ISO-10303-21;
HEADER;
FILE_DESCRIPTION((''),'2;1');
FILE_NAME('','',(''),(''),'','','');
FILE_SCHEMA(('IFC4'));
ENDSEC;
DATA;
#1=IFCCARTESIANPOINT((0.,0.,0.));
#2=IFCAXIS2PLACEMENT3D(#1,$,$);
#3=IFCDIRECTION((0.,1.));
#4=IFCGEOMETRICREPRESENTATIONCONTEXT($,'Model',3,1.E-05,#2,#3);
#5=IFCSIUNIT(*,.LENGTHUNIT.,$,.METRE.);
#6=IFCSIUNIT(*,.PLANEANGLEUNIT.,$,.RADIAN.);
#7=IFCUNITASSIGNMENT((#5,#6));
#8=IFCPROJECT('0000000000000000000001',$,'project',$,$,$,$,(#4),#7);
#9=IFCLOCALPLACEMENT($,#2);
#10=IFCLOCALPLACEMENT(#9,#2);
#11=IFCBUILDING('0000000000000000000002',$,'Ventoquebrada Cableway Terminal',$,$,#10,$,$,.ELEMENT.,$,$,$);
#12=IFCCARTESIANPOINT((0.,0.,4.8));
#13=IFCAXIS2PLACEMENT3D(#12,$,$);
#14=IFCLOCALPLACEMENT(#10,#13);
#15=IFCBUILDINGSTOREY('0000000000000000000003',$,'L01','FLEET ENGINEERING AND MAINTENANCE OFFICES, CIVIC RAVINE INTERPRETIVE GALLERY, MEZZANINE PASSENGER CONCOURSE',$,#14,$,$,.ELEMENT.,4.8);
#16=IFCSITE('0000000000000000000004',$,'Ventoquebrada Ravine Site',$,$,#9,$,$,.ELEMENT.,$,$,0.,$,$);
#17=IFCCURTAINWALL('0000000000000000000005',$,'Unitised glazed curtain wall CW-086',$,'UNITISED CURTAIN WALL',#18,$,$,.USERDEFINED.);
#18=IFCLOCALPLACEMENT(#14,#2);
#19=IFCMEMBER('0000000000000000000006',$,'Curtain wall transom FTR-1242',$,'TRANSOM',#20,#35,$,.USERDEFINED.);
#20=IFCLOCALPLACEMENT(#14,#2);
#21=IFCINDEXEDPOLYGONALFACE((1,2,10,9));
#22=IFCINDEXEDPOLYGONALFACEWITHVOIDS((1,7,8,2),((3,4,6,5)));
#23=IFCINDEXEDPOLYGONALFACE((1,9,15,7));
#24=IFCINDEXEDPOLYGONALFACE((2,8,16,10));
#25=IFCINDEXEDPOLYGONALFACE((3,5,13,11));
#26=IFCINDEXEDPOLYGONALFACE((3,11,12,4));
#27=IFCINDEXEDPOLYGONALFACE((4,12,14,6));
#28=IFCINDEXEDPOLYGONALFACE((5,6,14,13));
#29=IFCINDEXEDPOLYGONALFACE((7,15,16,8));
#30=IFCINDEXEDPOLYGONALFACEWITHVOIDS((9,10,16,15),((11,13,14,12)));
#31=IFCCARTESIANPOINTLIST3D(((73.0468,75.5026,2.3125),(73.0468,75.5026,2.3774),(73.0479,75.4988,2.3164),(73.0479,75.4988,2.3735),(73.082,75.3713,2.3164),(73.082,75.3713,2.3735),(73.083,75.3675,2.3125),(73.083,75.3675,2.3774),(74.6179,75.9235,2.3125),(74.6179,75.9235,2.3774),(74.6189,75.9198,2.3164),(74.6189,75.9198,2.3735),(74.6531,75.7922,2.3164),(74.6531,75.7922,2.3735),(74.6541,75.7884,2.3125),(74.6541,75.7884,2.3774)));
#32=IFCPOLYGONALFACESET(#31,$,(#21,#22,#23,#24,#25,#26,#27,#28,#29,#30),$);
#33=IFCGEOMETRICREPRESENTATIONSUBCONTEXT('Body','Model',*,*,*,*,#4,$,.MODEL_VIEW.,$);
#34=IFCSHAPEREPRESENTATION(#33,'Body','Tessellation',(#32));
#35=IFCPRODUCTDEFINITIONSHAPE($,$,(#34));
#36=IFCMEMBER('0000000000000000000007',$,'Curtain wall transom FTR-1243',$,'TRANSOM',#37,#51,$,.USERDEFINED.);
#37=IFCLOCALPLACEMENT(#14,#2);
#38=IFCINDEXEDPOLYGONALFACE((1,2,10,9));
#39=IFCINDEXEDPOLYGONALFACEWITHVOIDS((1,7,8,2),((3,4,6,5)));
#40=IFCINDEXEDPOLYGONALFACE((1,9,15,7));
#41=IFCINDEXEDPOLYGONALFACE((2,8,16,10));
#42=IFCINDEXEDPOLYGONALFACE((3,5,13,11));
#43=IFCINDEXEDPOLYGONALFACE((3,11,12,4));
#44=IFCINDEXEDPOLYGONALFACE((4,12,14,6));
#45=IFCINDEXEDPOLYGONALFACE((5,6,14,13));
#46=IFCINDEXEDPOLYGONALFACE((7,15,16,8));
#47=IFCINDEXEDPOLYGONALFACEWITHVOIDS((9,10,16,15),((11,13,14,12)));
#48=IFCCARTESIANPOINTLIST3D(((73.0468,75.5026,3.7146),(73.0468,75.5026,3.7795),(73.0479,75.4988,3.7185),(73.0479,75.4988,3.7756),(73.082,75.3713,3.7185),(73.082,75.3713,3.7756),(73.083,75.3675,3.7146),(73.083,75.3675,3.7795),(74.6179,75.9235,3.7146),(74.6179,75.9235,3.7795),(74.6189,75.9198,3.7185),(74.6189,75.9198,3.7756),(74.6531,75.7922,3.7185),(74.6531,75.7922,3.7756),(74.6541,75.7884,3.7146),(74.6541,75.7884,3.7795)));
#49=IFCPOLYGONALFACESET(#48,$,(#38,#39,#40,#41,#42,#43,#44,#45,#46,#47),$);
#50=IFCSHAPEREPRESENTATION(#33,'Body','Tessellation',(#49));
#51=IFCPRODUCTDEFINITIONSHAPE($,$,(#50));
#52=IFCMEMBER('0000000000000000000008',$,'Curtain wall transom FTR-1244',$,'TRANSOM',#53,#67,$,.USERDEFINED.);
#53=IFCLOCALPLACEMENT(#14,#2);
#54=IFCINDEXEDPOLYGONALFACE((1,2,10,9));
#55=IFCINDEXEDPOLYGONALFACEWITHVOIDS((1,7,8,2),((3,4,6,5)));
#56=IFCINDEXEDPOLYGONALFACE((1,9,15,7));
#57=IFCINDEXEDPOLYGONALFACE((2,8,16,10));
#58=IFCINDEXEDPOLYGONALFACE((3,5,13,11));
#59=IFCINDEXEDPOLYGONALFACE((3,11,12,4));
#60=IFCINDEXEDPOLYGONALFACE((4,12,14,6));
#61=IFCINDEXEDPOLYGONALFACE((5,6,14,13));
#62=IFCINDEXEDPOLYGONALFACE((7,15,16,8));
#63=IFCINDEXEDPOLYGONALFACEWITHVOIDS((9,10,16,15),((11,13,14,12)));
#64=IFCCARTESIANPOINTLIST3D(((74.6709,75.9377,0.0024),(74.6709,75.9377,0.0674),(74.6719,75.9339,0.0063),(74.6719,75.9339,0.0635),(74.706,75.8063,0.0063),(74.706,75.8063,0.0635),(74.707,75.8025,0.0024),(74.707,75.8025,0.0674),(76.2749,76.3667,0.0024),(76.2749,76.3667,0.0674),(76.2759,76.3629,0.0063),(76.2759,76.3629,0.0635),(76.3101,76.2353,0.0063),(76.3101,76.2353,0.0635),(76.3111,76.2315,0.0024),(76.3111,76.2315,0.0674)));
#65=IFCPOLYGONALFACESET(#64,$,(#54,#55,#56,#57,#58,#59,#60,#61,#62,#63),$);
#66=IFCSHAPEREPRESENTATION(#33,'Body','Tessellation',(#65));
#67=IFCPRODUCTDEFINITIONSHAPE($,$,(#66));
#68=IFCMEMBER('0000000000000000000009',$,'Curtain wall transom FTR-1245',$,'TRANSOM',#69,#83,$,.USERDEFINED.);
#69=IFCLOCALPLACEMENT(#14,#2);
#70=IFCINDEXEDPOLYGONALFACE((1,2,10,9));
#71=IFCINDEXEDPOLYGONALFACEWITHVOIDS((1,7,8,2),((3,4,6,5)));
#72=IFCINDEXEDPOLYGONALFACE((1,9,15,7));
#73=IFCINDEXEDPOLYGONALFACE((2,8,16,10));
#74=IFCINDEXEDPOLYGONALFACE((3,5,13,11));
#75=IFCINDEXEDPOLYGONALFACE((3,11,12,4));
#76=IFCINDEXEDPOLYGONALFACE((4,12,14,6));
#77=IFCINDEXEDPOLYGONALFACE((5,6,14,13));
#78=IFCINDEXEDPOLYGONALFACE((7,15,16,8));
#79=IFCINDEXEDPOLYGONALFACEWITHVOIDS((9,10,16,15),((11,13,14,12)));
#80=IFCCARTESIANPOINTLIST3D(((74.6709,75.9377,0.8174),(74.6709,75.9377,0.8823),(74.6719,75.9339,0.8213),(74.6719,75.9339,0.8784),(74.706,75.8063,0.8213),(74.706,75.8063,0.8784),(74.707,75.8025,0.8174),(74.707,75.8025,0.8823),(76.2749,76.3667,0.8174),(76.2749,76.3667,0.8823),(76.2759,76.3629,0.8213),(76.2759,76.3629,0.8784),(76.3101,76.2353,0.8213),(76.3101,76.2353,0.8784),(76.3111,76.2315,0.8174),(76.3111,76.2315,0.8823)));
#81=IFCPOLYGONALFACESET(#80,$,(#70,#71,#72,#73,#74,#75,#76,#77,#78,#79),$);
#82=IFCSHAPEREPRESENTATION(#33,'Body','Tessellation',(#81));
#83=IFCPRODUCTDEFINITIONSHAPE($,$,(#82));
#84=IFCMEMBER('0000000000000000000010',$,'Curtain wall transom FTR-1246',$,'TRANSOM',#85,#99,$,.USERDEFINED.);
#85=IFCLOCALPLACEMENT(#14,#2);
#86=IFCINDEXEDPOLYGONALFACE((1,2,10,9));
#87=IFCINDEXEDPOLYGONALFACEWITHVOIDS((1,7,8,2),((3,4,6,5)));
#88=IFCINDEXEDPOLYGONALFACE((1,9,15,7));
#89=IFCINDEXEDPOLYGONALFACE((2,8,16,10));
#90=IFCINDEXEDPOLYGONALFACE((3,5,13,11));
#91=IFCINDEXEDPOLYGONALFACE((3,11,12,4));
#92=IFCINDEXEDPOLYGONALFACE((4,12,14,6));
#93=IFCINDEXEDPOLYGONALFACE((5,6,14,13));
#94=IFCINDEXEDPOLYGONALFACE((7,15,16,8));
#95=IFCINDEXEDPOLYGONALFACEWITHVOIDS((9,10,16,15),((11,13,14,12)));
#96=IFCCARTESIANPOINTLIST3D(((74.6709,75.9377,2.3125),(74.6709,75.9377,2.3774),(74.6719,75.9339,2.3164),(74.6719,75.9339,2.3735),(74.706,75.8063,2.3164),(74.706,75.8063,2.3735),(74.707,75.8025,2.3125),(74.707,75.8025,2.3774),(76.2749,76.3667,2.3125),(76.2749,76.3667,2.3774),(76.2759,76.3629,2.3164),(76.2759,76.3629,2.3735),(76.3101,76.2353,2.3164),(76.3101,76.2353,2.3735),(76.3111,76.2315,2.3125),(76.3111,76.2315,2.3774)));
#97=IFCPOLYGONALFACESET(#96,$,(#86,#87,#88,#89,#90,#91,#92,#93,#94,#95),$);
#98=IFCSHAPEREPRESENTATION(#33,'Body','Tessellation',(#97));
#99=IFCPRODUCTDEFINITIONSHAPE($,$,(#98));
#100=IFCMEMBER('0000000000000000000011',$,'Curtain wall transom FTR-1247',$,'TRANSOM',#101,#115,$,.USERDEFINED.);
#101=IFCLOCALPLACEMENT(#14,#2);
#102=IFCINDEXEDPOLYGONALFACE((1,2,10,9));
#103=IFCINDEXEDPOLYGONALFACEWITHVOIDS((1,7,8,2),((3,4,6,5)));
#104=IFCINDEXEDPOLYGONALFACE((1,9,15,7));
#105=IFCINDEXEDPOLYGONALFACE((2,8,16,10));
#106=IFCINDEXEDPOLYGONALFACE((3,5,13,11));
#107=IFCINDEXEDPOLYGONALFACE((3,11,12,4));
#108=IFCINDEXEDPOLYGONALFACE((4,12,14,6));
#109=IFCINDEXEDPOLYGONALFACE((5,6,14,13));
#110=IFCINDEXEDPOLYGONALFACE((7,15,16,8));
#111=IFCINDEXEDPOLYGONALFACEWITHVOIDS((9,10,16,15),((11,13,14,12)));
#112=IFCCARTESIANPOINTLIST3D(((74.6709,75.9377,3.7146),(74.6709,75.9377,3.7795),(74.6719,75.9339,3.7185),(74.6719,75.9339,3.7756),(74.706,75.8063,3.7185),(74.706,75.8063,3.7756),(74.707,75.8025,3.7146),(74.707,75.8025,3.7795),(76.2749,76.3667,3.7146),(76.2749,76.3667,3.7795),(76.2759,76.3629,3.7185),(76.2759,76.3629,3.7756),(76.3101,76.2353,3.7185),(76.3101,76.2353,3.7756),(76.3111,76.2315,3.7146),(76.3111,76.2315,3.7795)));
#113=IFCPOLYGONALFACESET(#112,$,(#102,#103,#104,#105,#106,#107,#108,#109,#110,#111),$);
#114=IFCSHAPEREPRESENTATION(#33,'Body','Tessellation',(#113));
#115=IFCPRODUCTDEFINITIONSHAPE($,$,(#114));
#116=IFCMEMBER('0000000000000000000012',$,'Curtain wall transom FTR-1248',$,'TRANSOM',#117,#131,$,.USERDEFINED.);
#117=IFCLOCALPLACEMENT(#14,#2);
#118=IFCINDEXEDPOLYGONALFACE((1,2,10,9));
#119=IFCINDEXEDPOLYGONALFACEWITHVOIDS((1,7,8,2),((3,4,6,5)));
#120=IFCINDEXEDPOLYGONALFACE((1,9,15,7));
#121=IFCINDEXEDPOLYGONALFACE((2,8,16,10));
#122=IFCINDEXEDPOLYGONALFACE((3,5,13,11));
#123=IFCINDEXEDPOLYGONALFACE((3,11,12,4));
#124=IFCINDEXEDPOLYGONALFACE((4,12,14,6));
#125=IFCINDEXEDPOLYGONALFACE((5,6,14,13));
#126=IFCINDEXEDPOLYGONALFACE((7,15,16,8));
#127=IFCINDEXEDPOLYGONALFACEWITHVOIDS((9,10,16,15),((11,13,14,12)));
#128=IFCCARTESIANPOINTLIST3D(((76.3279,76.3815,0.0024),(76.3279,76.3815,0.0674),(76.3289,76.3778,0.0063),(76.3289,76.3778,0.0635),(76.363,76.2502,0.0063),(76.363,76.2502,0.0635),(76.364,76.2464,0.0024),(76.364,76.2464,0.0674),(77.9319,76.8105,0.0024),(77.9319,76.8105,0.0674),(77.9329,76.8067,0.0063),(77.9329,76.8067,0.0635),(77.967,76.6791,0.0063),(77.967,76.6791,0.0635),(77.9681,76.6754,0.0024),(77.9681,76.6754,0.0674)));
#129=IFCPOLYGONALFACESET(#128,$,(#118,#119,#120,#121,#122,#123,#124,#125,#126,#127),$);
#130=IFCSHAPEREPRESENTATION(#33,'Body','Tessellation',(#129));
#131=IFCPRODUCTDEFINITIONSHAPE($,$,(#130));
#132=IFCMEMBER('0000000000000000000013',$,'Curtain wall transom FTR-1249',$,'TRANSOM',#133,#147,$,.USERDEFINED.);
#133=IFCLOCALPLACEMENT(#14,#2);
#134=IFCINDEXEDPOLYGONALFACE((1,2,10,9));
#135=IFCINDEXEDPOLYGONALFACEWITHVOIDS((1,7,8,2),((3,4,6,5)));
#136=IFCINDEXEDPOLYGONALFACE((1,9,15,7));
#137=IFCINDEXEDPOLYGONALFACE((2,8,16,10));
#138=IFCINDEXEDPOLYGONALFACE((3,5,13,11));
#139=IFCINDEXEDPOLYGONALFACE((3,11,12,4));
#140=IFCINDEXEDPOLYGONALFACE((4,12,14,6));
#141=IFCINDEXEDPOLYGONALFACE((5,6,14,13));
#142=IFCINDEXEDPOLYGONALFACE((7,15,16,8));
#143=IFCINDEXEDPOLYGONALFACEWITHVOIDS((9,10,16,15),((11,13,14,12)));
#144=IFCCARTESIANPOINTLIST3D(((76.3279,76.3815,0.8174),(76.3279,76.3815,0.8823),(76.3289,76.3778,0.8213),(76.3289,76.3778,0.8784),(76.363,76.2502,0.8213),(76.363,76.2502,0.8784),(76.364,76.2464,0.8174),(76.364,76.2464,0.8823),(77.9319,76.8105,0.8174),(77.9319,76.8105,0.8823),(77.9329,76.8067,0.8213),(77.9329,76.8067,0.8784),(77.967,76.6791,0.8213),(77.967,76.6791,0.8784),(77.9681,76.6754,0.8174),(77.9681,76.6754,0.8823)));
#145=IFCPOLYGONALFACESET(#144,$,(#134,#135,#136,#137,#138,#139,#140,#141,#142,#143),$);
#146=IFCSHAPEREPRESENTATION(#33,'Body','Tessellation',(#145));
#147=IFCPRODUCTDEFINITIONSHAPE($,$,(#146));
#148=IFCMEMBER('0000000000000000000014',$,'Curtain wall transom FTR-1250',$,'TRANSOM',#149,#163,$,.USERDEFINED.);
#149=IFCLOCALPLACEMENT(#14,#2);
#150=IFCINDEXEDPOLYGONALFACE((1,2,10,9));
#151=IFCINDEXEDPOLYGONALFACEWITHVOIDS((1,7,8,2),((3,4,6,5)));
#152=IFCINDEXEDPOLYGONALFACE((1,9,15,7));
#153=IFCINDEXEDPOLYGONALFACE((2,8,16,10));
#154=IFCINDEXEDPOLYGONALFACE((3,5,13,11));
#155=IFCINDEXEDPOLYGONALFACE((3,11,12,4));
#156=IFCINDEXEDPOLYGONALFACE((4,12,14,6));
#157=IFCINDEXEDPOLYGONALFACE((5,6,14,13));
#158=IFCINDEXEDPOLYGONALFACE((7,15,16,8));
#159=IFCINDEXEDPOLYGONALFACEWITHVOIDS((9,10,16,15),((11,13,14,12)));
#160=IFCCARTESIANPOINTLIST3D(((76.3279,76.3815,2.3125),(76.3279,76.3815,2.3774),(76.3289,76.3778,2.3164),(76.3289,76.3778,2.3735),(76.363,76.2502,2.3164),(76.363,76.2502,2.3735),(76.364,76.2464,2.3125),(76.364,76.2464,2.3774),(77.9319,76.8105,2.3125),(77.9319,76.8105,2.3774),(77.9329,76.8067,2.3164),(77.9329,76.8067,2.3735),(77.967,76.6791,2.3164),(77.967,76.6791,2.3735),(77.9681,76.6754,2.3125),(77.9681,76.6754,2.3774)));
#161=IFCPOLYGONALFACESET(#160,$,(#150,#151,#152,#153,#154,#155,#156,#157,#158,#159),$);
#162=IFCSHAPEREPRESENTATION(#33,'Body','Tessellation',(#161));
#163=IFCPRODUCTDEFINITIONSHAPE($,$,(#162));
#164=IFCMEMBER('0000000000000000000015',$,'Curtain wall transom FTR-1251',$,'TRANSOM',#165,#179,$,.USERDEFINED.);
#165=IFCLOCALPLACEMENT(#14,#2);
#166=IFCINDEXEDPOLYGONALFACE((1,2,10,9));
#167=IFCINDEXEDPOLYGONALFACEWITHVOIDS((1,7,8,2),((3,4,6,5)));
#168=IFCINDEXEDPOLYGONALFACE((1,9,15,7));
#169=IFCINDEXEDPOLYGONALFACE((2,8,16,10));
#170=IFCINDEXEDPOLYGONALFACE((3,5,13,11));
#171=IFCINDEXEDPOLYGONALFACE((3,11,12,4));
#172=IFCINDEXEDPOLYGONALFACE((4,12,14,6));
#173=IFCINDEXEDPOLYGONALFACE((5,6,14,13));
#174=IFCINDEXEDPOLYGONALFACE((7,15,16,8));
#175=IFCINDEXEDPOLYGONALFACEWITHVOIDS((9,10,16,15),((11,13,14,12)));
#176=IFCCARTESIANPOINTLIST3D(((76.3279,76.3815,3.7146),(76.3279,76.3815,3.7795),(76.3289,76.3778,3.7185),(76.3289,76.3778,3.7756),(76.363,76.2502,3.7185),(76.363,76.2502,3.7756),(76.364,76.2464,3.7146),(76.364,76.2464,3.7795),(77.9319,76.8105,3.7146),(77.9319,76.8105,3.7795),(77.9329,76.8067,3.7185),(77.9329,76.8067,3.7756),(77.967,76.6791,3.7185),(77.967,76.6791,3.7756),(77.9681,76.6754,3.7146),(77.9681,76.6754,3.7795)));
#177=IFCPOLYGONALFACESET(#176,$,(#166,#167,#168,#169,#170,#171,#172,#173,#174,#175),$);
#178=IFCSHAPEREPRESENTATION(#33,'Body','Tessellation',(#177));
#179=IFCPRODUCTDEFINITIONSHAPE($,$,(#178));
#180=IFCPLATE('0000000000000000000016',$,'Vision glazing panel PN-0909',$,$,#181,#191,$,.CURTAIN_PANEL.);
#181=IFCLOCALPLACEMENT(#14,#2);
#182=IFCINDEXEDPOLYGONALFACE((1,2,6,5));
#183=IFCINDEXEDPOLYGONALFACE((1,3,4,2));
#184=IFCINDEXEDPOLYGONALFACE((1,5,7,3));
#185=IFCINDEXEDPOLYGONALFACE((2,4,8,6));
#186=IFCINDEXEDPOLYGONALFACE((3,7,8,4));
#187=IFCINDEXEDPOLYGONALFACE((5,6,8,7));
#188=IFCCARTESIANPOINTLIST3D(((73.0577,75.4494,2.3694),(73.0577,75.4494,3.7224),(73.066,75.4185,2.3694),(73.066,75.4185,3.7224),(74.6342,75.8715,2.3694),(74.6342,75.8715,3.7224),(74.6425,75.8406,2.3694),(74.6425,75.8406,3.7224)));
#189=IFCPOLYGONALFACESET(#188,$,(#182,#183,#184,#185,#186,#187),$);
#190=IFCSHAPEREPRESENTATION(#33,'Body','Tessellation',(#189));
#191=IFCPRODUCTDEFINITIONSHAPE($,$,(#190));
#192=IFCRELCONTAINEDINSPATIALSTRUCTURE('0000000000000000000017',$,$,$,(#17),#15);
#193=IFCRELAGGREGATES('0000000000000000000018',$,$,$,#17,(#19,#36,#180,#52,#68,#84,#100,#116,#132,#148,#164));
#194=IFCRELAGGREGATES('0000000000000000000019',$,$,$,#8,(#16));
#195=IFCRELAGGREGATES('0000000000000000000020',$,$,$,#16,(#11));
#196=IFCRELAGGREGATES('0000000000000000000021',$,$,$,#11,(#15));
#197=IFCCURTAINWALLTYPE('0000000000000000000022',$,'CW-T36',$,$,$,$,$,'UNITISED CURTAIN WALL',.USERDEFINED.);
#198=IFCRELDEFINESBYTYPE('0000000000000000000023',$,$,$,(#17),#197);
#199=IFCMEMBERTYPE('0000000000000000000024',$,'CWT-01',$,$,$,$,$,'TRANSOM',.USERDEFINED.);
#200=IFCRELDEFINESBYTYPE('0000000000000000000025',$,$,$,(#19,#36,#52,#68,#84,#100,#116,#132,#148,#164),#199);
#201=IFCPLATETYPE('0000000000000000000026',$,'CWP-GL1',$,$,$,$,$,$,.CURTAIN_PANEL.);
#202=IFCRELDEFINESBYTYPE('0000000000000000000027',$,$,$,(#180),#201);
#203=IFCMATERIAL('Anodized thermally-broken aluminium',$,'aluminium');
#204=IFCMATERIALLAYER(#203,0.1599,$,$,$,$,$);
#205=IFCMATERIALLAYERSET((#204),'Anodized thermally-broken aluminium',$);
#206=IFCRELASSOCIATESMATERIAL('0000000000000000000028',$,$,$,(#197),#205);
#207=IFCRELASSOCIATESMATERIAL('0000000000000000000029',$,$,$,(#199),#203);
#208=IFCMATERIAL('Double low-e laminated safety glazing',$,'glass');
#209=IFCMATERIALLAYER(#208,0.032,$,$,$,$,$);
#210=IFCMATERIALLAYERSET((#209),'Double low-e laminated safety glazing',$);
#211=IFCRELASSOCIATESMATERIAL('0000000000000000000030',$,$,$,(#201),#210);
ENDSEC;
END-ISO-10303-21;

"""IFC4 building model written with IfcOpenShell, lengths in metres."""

from ifc_helpers import new_model, si_unit, direction, frame, origin, origin_2d, place, context, subcontext, project, spatial, rectangle, hollow_rectangle, extrude, material, layer, layer_set, material_profile, profile_set, type_object, element, aggregate, save


model = new_model("IFC4")

# Units and contexts
model_context = context("Model", 3, precision=1e-05, world=origin(), true_north=direction((0.0, 1.0)))
body_context = subcontext(model_context, "Body", "Model", "MODEL_VIEW")
ifc_project = project(units=[si_unit("LENGTHUNIT", "METRE"), si_unit("PLANEANGLEUNIT", "RADIAN")], contexts=[model_context])

# Site, building, storey
site_placement = place(None, origin())
site = spatial("IfcSite", under=ifc_project, at=site_placement, Name="Ventoquebrada Ravine Site", CompositionType="ELEMENT", RefElevation=0.0)
building_placement = place(site_placement, origin())
building = spatial("IfcBuilding", under=site, at=building_placement, Name="Ventoquebrada Cableway Terminal", CompositionType="ELEMENT")
storey_placement = place(building_placement, frame((0.0, 0.0, 4.8)))
storey = spatial("IfcBuildingStorey", under=building, at=storey_placement, Name="L01", Description="FLEET ENGINEERING AND MAINTENANCE OFFICES, CIVIC RAVINE INTERPRETIVE GALLERY, MEZZANINE PASSENGER CONCOURSE", CompositionType="ELEMENT", Elevation=4.8)

# Shared definitions
ifc_material_1 = material(Name="Anodized thermally-broken aluminium", Category="aluminium")
ifc_layer_1 = layer(ifc_material_1, 0.1599)
ifc_layer_set_1 = layer_set([ifc_layer_1], Name="Anodized thermally-broken aluminium")
curtain_wall_type = type_object("IfcCurtainWallType", Name="CW-T36", ElementType="UNITISED CURTAIN WALL", PredefinedType="USERDEFINED", material=ifc_layer_set_1)

# Curtain wall, members, plate
curtain_wall_1_placement = place(storey_placement, origin())
curtain_wall_1 = element("IfcCurtainWall", 1, at=curtain_wall_1_placement, inside=storey, type_object=curtain_wall_type, Name="Unitised glazed curtain wall CW-086", ObjectType="UNITISED CURTAIN WALL", PredefinedType="USERDEFINED")
ifc_material_profile_1 = material_profile(ifc_material_1, hollow_rectangle(XDim=0.0649, YDim=0.1399, WallThickness=0.0039, at=origin_2d()), Name="CW-TRN-65X140")
ifc_profile_set_1 = profile_set([ifc_material_profile_1], Name="Anodized thermally-broken aluminium")
member_type_1 = type_object("IfcMemberType", Name="CWT-01", ElementType="TRANSOM", PredefinedType="USERDEFINED", material=ifc_profile_set_1)
member_1_placement = place(storey_placement, frame((73.0649, 75.4351, 2.345), z_axis=(0.965935, 0.258784, 0.0), x_axis=(0.0, 0.0, 1.0)))
member_1 = element("IfcMember", 2, at=member_1_placement, type_object=member_type_1, Name="Curtain wall transom FTR-1242", ObjectType="TRANSOM", PredefinedType="USERDEFINED", context=body_context, shape_type="SweptSolid", body=[
    extrude(hollow_rectangle(XDim=0.0649, YDim=0.1399, WallThickness=0.0039, at=origin_2d()), origin(), (0.0, 0.0, 1.0), 1.6265),
])
member_2_placement = place(storey_placement, frame((73.0649, 75.4351, 3.7471), z_axis=(0.965935, 0.258784, 0.0), x_axis=(0.0, 0.0, 1.0)))
member_2 = element("IfcMember", 3, at=member_2_placement, type_object=member_type_1, Name="Curtain wall transom FTR-1243", ObjectType="TRANSOM", PredefinedType="USERDEFINED", context=body_context, shape_type="SweptSolid", body=[
    extrude(hollow_rectangle(XDim=0.0649, YDim=0.1399, WallThickness=0.0039, at=origin_2d()), origin(), (0.0, 0.0, 1.0), 1.6265),
])
member_3_placement = place(storey_placement, frame((74.689, 75.8701, 0.0349), z_axis=(0.966052, 0.258349, 0.0), x_axis=(0.0, 0.0, 1.0)))
member_3 = element("IfcMember", 4, at=member_3_placement, type_object=member_type_1, Name="Curtain wall transom FTR-1244", ObjectType="TRANSOM", PredefinedType="USERDEFINED", context=body_context, shape_type="SweptSolid", body=[
    extrude(hollow_rectangle(XDim=0.0649, YDim=0.1399, WallThickness=0.0039, at=origin_2d()), origin(), (0.0, 0.0, 1.0), 1.6604),
])
member_4_placement = place(storey_placement, frame((74.689, 75.8701, 0.8499), z_axis=(0.966052, 0.258349, 0.0), x_axis=(0.0, 0.0, 1.0)))
member_4 = element("IfcMember", 5, at=member_4_placement, type_object=member_type_1, Name="Curtain wall transom FTR-1245", ObjectType="TRANSOM", PredefinedType="USERDEFINED", context=body_context, shape_type="SweptSolid", body=[
    extrude(hollow_rectangle(XDim=0.0649, YDim=0.1399, WallThickness=0.0039, at=origin_2d()), origin(), (0.0, 0.0, 1.0), 1.6604),
])
member_5_placement = place(storey_placement, frame((74.689, 75.8701, 2.345), z_axis=(0.966052, 0.258349, 0.0), x_axis=(0.0, 0.0, 1.0)))
member_5 = element("IfcMember", 6, at=member_5_placement, type_object=member_type_1, Name="Curtain wall transom FTR-1246", ObjectType="TRANSOM", PredefinedType="USERDEFINED", context=body_context, shape_type="SweptSolid", body=[
    extrude(hollow_rectangle(XDim=0.0649, YDim=0.1399, WallThickness=0.0039, at=origin_2d()), origin(), (0.0, 0.0, 1.0), 1.6604),
])
member_6_placement = place(storey_placement, frame((74.689, 75.8701, 3.7471), z_axis=(0.966052, 0.258349, 0.0), x_axis=(0.0, 0.0, 1.0)))
member_6 = element("IfcMember", 7, at=member_6_placement, type_object=member_type_1, Name="Curtain wall transom FTR-1247", ObjectType="TRANSOM", PredefinedType="USERDEFINED", context=body_context, shape_type="SweptSolid", body=[
    extrude(hollow_rectangle(XDim=0.0649, YDim=0.1399, WallThickness=0.0039, at=origin_2d()), origin(), (0.0, 0.0, 1.0), 1.6604),
])
member_7_placement = place(storey_placement, frame((76.3459, 76.314, 0.0349), z_axis=(0.966052, 0.258349, 0.0), x_axis=(0.0, 0.0, 1.0)))
member_7 = element("IfcMember", 8, at=member_7_placement, type_object=member_type_1, Name="Curtain wall transom FTR-1248", ObjectType="TRANSOM", PredefinedType="USERDEFINED", context=body_context, shape_type="SweptSolid", body=[
    extrude(hollow_rectangle(XDim=0.0649, YDim=0.1399, WallThickness=0.0039, at=origin_2d()), origin(), (0.0, 0.0, 1.0), 1.6604),
])
member_8_placement = place(storey_placement, frame((76.3459, 76.314, 0.8499), z_axis=(0.966052, 0.258349, 0.0), x_axis=(0.0, 0.0, 1.0)))
member_8 = element("IfcMember", 9, at=member_8_placement, type_object=member_type_1, Name="Curtain wall transom FTR-1249", ObjectType="TRANSOM", PredefinedType="USERDEFINED", context=body_context, shape_type="SweptSolid", body=[
    extrude(hollow_rectangle(XDim=0.0649, YDim=0.1399, WallThickness=0.0039, at=origin_2d()), origin(), (0.0, 0.0, 1.0), 1.6604),
])
member_9_placement = place(storey_placement, frame((76.3459, 76.314, 2.345), z_axis=(0.966052, 0.258349, 0.0), x_axis=(0.0, 0.0, 1.0)))
member_9 = element("IfcMember", 10, at=member_9_placement, type_object=member_type_1, Name="Curtain wall transom FTR-1250", ObjectType="TRANSOM", PredefinedType="USERDEFINED", context=body_context, shape_type="SweptSolid", body=[
    extrude(hollow_rectangle(XDim=0.0649, YDim=0.1399, WallThickness=0.0039, at=origin_2d()), origin(), (0.0, 0.0, 1.0), 1.6604),
])
member_10_placement = place(storey_placement, frame((76.3459, 76.314, 3.7471), z_axis=(0.966052, 0.258349, 0.0), x_axis=(0.0, 0.0, 1.0)))
member_10 = element("IfcMember", 11, at=member_10_placement, type_object=member_type_1, Name="Curtain wall transom FTR-1251", ObjectType="TRANSOM", PredefinedType="USERDEFINED", context=body_context, shape_type="SweptSolid", body=[
    extrude(hollow_rectangle(XDim=0.0649, YDim=0.1399, WallThickness=0.0039, at=origin_2d()), origin(), (0.0, 0.0, 1.0), 1.6604),
])
ifc_material_2 = material(Name="Double low-e laminated safety glazing", Category="glass")
ifc_layer_2 = layer(ifc_material_2, 0.032)
ifc_layer_set_2 = layer_set([ifc_layer_2], Name="Double low-e laminated safety glazing")
plate_type_1 = type_object("IfcPlateType", Name="CWP-GL1", PredefinedType="CURTAIN_PANEL", material=ifc_layer_set_2)
plate_1_placement = place(storey_placement, frame((73.8501, 75.645, 2.3694), z_axis=(0.0, 0.0, 1.0), x_axis=(0.965971, 0.25865, 0.0)))
plate_1 = element("IfcPlate", 12, at=plate_1_placement, type_object=plate_type_1, Name="Vision glazing panel PN-0909", PredefinedType="CURTAIN_PANEL", context=body_context, shape_type="SweptSolid", body=[
    extrude(rectangle(XDim=1.6321, YDim=0.032, at=origin_2d()), origin(), (0.0, 0.0, 1.0), 1.353),
])
aggregate(curtain_wall_1, [member_1, member_2, plate_1, member_3, member_4, member_5, member_6, member_7, member_8, member_9, member_10])

save(model, "model.ifc")
